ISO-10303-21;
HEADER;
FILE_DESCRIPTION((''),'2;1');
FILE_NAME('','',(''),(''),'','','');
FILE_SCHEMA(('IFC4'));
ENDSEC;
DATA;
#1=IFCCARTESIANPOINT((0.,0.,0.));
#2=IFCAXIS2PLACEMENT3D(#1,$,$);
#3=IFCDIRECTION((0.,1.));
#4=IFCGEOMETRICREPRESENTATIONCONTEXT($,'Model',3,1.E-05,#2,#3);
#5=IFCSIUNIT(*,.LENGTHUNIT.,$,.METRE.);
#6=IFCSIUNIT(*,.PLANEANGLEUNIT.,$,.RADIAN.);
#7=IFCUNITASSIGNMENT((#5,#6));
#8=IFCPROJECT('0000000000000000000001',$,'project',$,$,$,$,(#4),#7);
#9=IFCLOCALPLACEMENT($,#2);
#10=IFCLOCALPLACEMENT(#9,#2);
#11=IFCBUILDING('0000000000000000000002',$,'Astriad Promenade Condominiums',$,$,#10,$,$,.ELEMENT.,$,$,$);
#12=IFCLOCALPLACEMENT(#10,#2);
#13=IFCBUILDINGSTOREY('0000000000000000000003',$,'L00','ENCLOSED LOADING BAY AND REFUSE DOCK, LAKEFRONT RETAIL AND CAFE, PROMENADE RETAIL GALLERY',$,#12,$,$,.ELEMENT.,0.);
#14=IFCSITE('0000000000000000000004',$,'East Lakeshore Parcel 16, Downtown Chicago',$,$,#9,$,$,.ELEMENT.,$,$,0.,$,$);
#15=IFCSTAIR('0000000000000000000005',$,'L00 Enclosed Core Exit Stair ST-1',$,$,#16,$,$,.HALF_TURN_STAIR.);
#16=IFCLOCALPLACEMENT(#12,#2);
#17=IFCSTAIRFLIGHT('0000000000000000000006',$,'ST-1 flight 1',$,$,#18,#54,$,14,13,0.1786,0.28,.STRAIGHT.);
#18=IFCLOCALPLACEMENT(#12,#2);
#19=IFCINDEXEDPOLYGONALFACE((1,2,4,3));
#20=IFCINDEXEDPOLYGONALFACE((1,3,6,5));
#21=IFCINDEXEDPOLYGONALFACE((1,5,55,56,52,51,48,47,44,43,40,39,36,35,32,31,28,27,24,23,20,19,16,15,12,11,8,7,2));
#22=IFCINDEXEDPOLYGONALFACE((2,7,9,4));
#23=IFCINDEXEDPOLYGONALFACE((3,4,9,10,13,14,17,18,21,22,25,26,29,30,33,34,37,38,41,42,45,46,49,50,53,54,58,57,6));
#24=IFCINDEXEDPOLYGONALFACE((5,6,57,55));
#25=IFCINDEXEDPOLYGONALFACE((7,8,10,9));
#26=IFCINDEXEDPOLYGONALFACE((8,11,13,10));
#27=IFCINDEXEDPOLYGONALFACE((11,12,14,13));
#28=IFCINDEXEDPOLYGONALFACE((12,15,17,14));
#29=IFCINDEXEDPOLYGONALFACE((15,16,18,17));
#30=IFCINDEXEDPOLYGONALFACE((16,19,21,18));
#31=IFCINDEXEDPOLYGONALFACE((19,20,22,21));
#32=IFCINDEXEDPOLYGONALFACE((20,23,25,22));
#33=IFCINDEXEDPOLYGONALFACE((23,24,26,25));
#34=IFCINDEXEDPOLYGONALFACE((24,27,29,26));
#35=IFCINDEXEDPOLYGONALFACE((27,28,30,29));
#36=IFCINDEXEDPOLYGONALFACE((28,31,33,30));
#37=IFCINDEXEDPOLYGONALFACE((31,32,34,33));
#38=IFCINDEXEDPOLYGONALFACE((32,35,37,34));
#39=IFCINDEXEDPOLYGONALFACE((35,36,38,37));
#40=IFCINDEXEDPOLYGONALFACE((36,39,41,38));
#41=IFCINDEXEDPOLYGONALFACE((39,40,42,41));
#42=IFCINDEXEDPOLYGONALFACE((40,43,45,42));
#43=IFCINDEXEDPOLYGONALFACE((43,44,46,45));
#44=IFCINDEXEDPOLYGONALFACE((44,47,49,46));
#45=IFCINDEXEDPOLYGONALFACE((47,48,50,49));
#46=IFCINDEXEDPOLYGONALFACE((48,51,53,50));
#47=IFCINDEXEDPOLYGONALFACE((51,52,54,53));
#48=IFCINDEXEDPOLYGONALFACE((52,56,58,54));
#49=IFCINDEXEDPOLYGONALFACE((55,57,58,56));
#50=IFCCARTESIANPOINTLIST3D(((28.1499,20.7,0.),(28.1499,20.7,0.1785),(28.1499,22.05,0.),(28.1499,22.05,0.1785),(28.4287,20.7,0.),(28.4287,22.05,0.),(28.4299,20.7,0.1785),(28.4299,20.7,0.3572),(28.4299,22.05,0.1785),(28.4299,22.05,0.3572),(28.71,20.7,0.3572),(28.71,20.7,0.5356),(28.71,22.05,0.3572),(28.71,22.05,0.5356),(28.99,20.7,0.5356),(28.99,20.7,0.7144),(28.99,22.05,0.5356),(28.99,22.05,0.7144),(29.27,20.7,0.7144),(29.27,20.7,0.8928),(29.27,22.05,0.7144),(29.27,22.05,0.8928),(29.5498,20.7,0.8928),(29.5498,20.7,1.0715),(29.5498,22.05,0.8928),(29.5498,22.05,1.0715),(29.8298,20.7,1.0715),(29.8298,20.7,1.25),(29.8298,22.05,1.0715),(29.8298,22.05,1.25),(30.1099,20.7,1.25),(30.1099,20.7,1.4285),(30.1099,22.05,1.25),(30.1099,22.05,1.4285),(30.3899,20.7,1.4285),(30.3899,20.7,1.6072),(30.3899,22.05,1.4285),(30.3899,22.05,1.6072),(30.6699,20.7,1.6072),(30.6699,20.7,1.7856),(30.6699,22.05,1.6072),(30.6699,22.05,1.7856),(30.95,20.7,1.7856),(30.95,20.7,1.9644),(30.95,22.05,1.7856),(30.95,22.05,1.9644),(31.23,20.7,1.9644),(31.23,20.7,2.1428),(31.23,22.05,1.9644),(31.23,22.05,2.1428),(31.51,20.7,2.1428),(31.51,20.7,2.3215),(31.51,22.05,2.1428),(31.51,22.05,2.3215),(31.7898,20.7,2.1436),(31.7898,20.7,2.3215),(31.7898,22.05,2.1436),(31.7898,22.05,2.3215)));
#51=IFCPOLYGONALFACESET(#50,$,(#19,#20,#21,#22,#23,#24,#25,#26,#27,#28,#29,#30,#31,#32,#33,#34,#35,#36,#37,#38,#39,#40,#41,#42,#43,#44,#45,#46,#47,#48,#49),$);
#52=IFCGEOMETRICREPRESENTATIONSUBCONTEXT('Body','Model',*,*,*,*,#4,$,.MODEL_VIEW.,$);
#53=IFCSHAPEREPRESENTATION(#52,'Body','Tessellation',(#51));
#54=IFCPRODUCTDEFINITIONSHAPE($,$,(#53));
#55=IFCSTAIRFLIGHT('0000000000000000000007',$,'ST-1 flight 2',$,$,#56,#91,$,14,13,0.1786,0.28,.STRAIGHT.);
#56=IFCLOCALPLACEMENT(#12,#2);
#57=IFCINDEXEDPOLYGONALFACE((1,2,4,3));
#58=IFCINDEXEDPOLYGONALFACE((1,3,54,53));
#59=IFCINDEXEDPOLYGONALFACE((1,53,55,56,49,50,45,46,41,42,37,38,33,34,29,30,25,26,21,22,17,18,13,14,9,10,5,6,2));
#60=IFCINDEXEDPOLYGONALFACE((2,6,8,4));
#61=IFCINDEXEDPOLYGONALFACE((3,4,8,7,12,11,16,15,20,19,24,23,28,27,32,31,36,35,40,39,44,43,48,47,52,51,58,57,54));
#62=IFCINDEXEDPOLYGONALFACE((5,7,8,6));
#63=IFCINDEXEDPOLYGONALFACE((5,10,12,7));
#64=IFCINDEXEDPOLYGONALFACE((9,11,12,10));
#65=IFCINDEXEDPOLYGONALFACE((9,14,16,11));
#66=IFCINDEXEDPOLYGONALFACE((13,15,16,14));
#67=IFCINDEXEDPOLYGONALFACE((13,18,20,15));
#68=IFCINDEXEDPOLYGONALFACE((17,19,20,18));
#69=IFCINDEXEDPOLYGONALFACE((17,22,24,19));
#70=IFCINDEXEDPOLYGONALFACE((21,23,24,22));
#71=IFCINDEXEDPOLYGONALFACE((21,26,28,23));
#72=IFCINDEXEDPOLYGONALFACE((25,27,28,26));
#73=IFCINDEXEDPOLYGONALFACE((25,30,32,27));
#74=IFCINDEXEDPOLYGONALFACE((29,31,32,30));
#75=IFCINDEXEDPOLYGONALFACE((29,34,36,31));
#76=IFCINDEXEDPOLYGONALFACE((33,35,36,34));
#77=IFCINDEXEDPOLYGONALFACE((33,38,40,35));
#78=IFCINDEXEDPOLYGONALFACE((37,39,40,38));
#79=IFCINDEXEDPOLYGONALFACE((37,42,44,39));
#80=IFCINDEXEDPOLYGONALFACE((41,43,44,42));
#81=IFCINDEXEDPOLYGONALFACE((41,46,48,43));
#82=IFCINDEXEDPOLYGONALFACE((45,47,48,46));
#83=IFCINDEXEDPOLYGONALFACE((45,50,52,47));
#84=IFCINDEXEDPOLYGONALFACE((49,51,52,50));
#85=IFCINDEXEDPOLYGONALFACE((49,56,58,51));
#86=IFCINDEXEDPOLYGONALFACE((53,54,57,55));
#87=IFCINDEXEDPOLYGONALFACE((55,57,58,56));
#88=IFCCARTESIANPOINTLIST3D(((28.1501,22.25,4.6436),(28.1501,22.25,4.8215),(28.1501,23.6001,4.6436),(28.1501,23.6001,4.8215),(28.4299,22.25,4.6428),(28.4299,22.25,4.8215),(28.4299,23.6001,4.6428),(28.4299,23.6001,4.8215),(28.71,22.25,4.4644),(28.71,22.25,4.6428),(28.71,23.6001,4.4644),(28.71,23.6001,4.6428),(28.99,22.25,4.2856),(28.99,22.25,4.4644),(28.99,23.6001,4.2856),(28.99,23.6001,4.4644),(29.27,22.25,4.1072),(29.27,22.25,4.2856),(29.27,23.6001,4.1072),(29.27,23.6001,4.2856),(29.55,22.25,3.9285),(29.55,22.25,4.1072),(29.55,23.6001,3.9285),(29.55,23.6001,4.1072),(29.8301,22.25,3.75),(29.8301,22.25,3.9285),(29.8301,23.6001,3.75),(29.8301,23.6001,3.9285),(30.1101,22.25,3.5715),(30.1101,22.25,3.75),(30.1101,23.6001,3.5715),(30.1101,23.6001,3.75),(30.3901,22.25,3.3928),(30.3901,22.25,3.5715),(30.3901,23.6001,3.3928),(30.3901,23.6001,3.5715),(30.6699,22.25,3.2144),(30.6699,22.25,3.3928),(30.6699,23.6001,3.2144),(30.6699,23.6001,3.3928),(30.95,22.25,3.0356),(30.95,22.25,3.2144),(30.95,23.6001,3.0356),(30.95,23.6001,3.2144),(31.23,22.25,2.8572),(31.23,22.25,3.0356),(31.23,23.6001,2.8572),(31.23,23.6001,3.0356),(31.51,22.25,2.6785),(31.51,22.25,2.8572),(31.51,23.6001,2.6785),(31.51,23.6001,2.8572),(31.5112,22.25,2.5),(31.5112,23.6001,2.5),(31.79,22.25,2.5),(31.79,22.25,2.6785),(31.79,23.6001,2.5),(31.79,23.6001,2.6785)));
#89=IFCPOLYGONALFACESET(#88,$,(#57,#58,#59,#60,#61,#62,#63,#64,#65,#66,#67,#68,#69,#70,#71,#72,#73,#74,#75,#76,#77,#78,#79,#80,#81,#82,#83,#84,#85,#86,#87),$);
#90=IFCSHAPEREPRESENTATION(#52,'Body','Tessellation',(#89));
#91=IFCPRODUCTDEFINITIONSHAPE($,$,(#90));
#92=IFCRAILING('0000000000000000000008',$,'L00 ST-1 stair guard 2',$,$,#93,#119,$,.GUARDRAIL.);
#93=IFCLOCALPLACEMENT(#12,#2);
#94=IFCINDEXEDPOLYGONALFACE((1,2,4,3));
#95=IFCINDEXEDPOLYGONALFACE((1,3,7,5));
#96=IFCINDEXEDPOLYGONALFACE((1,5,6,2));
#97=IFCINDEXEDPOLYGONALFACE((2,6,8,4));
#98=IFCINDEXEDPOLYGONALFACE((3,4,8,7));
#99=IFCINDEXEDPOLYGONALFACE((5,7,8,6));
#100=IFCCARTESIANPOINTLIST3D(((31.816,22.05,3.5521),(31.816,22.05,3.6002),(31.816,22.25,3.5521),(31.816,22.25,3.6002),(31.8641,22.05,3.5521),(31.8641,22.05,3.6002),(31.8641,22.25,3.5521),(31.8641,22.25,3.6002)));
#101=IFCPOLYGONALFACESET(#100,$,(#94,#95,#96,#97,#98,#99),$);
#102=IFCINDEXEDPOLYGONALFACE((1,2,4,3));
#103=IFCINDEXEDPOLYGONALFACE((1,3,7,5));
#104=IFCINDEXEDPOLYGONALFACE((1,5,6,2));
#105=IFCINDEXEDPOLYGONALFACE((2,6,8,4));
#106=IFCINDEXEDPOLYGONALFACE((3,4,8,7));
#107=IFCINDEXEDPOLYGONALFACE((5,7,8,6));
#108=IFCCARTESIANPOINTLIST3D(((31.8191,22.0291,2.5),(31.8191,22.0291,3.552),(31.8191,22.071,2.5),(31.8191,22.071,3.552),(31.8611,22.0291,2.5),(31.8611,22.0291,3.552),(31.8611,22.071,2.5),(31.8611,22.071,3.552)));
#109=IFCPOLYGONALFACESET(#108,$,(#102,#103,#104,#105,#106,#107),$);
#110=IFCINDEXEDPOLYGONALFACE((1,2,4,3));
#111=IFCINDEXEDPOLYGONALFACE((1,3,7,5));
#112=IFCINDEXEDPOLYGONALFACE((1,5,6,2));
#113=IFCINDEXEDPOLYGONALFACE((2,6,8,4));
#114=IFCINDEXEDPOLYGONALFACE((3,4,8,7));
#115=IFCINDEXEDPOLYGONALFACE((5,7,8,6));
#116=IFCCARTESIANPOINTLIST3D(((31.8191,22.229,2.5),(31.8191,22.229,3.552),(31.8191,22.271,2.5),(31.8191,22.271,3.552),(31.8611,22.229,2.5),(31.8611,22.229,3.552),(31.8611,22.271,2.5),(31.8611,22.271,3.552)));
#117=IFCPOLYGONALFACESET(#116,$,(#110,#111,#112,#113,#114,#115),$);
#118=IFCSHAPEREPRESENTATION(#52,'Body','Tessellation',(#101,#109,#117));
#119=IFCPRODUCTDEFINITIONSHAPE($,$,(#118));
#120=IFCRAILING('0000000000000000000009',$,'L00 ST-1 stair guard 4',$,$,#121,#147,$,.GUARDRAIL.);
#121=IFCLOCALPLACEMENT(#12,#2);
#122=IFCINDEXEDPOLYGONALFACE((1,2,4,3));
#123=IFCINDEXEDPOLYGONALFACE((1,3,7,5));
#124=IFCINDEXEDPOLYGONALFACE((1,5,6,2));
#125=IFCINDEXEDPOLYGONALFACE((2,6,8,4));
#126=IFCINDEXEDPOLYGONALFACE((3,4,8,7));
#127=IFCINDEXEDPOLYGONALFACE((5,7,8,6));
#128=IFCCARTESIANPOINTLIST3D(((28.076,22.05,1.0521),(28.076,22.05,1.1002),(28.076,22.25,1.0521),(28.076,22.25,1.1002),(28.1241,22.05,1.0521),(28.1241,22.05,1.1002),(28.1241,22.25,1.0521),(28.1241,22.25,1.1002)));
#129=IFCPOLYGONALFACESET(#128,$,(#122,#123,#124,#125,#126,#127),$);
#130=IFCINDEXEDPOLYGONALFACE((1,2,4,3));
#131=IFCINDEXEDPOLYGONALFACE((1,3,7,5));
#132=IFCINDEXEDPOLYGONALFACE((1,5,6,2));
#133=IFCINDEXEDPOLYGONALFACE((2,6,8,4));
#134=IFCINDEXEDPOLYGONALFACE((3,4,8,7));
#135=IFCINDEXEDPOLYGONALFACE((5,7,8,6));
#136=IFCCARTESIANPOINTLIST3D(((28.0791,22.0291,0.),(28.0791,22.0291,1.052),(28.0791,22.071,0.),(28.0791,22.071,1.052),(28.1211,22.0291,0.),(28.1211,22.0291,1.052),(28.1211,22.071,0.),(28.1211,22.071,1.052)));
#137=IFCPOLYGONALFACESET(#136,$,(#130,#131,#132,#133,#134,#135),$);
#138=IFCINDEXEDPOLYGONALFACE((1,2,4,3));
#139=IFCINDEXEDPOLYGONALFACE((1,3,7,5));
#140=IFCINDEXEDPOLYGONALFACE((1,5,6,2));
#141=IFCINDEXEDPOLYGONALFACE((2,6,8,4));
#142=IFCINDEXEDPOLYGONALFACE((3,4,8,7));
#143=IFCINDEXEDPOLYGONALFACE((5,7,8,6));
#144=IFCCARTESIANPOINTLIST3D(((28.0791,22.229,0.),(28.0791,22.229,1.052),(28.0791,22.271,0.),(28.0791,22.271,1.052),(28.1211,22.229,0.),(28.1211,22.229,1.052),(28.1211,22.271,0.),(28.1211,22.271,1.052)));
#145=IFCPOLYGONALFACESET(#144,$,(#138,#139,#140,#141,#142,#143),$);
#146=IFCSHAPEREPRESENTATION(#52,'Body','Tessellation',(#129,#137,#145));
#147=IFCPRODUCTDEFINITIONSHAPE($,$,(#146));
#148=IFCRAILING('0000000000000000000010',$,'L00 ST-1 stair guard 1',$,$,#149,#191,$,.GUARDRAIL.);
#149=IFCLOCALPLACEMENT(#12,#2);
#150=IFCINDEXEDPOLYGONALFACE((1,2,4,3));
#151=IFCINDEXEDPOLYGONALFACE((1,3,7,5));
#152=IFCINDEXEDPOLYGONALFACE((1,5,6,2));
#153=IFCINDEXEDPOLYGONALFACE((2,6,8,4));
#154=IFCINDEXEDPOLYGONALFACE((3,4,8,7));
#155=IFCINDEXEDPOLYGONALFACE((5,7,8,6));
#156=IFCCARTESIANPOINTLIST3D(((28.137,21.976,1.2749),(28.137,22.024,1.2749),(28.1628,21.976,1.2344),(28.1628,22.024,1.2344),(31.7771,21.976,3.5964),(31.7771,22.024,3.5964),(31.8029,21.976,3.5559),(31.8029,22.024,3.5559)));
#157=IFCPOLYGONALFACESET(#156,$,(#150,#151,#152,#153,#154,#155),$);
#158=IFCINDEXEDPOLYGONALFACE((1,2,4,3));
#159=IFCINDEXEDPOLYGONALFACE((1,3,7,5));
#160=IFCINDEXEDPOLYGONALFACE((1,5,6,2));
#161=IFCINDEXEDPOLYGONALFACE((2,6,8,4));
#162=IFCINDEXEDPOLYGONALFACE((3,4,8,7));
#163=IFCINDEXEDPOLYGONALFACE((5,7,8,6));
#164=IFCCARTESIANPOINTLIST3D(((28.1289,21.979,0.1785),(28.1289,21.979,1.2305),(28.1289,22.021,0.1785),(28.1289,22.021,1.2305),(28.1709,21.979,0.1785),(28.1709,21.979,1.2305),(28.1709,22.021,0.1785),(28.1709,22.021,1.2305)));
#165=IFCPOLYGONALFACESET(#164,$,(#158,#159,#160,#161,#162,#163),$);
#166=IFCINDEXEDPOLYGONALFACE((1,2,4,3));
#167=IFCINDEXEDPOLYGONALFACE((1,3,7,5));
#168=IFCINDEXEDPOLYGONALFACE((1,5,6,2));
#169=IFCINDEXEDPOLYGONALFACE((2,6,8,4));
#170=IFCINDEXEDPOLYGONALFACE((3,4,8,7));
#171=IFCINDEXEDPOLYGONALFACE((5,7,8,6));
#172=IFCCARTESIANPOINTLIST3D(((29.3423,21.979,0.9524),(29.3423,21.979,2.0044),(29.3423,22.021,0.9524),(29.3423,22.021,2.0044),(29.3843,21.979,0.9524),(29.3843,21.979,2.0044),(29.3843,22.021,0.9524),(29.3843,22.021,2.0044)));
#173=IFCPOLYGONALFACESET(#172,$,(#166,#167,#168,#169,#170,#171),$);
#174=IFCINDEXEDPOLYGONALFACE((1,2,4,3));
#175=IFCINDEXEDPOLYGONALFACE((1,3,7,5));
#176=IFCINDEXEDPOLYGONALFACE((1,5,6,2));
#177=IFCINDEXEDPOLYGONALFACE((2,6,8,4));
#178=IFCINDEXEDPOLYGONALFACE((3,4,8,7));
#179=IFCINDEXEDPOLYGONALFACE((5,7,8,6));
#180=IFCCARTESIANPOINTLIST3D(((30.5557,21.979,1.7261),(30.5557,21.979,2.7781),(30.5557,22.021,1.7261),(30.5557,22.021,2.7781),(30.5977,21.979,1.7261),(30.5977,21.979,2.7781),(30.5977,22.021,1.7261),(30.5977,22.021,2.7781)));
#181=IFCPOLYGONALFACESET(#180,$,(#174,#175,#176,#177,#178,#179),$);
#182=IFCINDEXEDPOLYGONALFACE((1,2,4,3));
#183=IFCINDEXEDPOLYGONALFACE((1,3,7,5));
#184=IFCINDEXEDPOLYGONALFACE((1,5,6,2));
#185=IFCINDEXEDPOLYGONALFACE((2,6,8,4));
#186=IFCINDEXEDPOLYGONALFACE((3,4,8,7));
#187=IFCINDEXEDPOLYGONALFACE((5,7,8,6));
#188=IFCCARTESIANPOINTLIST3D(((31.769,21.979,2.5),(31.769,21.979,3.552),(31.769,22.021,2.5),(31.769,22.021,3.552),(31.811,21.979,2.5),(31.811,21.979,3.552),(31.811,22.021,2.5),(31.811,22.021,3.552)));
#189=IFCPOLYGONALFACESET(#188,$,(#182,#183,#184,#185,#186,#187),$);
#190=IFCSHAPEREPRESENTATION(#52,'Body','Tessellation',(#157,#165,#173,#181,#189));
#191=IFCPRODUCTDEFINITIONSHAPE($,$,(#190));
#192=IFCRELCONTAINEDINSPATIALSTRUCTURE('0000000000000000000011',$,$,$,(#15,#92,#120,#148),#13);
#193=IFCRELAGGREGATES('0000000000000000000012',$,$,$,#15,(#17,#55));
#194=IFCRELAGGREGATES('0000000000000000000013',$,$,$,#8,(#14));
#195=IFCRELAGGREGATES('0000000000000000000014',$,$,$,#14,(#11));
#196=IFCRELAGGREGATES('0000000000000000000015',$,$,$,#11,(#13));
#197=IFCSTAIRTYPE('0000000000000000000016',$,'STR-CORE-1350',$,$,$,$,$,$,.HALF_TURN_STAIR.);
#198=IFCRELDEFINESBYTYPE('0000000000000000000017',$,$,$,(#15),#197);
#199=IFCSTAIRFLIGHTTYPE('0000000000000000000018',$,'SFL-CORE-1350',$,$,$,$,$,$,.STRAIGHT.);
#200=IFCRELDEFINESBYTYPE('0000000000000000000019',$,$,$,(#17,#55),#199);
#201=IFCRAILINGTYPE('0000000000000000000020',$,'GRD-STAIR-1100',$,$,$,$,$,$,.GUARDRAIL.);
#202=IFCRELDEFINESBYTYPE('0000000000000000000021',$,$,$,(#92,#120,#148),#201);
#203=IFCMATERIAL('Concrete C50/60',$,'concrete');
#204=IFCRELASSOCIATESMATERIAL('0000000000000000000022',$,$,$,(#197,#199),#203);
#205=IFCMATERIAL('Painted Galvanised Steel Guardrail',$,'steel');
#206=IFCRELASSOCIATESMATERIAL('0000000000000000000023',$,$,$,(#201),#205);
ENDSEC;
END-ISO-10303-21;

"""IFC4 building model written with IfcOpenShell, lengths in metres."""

from ifc_helpers import new_model, si_unit, direction, frame, origin, origin_2d, place, context, subcontext, project, spatial, polyline, rectangle, outline, extrude, source, transform, mapped, material, type_object, type_shapes, element, aggregate, save


model = new_model("IFC4")

# Units and contexts
model_context = context("Model", 3, precision=1e-05, world=origin(), true_north=direction((0.0, 1.0)))
body_context = subcontext(model_context, "Body", "Model", "MODEL_VIEW")
ifc_project = project(units=[si_unit("LENGTHUNIT", "METRE"), si_unit("PLANEANGLEUNIT", "RADIAN")], contexts=[model_context])

# Site, building, storey
site_placement = place(None, origin())
site = spatial("IfcSite", under=ifc_project, at=site_placement, Name="East Lakeshore Parcel 16, Downtown Chicago", CompositionType="ELEMENT", RefElevation=0.0)
building_placement = place(site_placement, origin())
building = spatial("IfcBuilding", under=site, at=building_placement, Name="Astriad Promenade Condominiums", CompositionType="ELEMENT")
storey_placement = place(building_placement, origin())
storey = spatial("IfcBuildingStorey", under=building, at=storey_placement, Name="L00", Description="ENCLOSED LOADING BAY AND REFUSE DOCK, LAKEFRONT RETAIL AND CAFE, PROMENADE RETAIL GALLERY", CompositionType="ELEMENT", Elevation=0.0)

# Shared definitions
ifc_material_1 = material(Name="Concrete C50/60", Category="concrete")

# Stair, stair flights
stair_type = type_object("IfcStairType", Name="STR-CORE-1350", PredefinedType="HALF_TURN_STAIR", material=ifc_material_1)
stair_placement = place(storey_placement, origin())
stair = element("IfcStair", 1, at=stair_placement, inside=storey, type_object=stair_type, Name="L00 Enclosed Core Exit Stair ST-1", PredefinedType="HALF_TURN_STAIR")
stair_flight_type = type_object("IfcStairFlightType", Name="SFL-CORE-1350", PredefinedType="STRAIGHT", material=ifc_material_1)
shared_shape_1 = source(origin(), body_context, "Body", "SweptSolid", [
    extrude(outline(polyline([(0.0, 0.0), (0.0, 0.1785), (0.28, 0.1785), (0.28, 0.3572), (0.5601, 0.3572), (0.5601, 0.5356), (0.8401, 0.5356), (0.8401, 0.7144), (1.1201, 0.7144), (1.1201, 0.8928), (1.3999, 0.8928), (1.3999, 1.0715), (1.6799, 1.0715), (1.6799, 1.25), (1.96, 1.25), (1.96, 1.4285), (2.24, 1.4285), (2.24, 1.6072), (2.52, 1.6072), (2.52, 1.7856), (2.8, 1.7856), (2.8, 1.9644), (3.0801, 1.9644), (3.0801, 2.1428), (3.3601, 2.1428), (3.3601, 2.3215), (3.6399, 2.3215), (3.6399, 2.5), (3.6399, 2.1436), (0.2788, 0.0), (0.0, 0.0)])), frame((0.0, 0.675, 0.0), z_axis=(0.0, -1.0, 0.0), x_axis=(1.0, 0.0, 0.0)), (0.0, 0.0, 1.0), 1.3501),
])
type_shapes(stair_flight_type, [shared_shape_1])
stair_flight_1_placement = place(storey_placement, frame((28.1499, 21.375, 0.0), z_axis=(0.0, 0.0, 1.0), x_axis=(1.0, 0.0, 0.0)))
stair_flight_1 = element("IfcStairFlight", 2, at=stair_flight_1_placement, type_object=stair_flight_type, Name="ST-1 flight 1", NumberOfRisers=14, NumberOfTreads=13, PredefinedType="STRAIGHT", RiserHeight=0.1786, TreadLength=0.28, context=body_context, shape_type="MappedRepresentation", body=[
    mapped(shared_shape_1, transform((0.0, 0.0, 0.0), scale=1.0)),
])
stair_flight_2_placement = place(storey_placement, frame((31.79, 22.925, 2.5), z_axis=(0.0, 0.0, 1.0), x_axis=(-1.0, 0.0, 0.0)))
stair_flight_2 = element("IfcStairFlight", 3, at=stair_flight_2_placement, type_object=stair_flight_type, Name="ST-1 flight 2", NumberOfRisers=14, NumberOfTreads=13, PredefinedType="STRAIGHT", RiserHeight=0.1786, TreadLength=0.28, context=body_context, shape_type="MappedRepresentation", body=[
    mapped(shared_shape_1, transform((0.0, 0.0, 0.0), scale=1.0)),
])
aggregate(stair, [stair_flight_1, stair_flight_2])

# Railings
ifc_material_2 = material(Name="Painted Galvanised Steel Guardrail", Category="steel")
railing_type_1 = type_object("IfcRailingType", Name="GRD-STAIR-1100", PredefinedType="GUARDRAIL", material=ifc_material_2)
shared_shape_2 = source(origin(), body_context, "Body", "SweptSolid", [
    extrude(rectangle(XDim=0.0481, YDim=0.0481, at=origin_2d()), frame((0.0, 0.0, 1.0762), z_axis=(0.0, 1.0, 0.0), x_axis=(-1.0, 0.0, 0.0)), (0.0, 0.0, 1.0), 0.2),
    extrude(rectangle(XDim=0.042, YDim=0.042, at=origin_2d()), origin(), (0.0, 0.0, 1.0), 1.052),
    extrude(rectangle(XDim=0.042, YDim=0.042, at=origin_2d()), frame((0.0, 0.2, 0.0)), (0.0, 0.0, 1.0), 1.052),
])
for number, where, name in (
    (4, (31.8401, 22.05, 2.5), "L00 ST-1 stair guard 2"),
    (5, (28.1001, 22.05, 0.0), "L00 ST-1 stair guard 4"),
):
    element("IfcRailing", number, at=place(storey_placement, frame(where)), inside=storey, type_object=railing_type_1, Name=name, PredefinedType="GUARDRAIL", context=body_context, shape_type="MappedRepresentation", body=[
        mapped(shared_shape_2, transform((0.0, 0.0, 0.0), scale=1.0)),
    ])
shared_shape_3 = source(origin(), body_context, "Body", "SweptSolid", [
    extrude(rectangle(XDim=0.0481, YDim=0.0481, at=origin_2d()), frame((0.0, 0.0, 1.0762), z_axis=(0.843128, 0.0, 0.537713), x_axis=(0.0, 1.0, 0.0)), (0.0, 0.0, 1.0), 4.3174),
    extrude(rectangle(XDim=0.042, YDim=0.042, at=origin_2d()), origin(), (0.0, 0.0, 1.0), 1.052),
    extrude(rectangle(XDim=0.042, YDim=0.042, at=origin_2d()), frame((1.2134, 0.0, 0.7739)), (0.0, 0.0, 1.0), 1.052),
    extrude(rectangle(XDim=0.042, YDim=0.042, at=origin_2d()), frame((2.4268, 0.0, 1.5476)), (0.0, 0.0, 1.0), 1.052),
    extrude(rectangle(XDim=0.042, YDim=0.042, at=origin_2d()), frame((3.6401, 0.0, 2.3215)), (0.0, 0.0, 1.0), 1.052),
])
railing_1_placement = place(storey_placement, frame((28.1499, 22.0, 0.1785)))
element("IfcRailing", 6, at=railing_1_placement, inside=storey, type_object=railing_type_1, Name="L00 ST-1 stair guard 1", PredefinedType="GUARDRAIL", context=body_context, shape_type="MappedRepresentation", body=[
    mapped(shared_shape_3, transform((0.0, 0.0, 0.0), scale=1.0)),
])

save(model, "model.ifc")
